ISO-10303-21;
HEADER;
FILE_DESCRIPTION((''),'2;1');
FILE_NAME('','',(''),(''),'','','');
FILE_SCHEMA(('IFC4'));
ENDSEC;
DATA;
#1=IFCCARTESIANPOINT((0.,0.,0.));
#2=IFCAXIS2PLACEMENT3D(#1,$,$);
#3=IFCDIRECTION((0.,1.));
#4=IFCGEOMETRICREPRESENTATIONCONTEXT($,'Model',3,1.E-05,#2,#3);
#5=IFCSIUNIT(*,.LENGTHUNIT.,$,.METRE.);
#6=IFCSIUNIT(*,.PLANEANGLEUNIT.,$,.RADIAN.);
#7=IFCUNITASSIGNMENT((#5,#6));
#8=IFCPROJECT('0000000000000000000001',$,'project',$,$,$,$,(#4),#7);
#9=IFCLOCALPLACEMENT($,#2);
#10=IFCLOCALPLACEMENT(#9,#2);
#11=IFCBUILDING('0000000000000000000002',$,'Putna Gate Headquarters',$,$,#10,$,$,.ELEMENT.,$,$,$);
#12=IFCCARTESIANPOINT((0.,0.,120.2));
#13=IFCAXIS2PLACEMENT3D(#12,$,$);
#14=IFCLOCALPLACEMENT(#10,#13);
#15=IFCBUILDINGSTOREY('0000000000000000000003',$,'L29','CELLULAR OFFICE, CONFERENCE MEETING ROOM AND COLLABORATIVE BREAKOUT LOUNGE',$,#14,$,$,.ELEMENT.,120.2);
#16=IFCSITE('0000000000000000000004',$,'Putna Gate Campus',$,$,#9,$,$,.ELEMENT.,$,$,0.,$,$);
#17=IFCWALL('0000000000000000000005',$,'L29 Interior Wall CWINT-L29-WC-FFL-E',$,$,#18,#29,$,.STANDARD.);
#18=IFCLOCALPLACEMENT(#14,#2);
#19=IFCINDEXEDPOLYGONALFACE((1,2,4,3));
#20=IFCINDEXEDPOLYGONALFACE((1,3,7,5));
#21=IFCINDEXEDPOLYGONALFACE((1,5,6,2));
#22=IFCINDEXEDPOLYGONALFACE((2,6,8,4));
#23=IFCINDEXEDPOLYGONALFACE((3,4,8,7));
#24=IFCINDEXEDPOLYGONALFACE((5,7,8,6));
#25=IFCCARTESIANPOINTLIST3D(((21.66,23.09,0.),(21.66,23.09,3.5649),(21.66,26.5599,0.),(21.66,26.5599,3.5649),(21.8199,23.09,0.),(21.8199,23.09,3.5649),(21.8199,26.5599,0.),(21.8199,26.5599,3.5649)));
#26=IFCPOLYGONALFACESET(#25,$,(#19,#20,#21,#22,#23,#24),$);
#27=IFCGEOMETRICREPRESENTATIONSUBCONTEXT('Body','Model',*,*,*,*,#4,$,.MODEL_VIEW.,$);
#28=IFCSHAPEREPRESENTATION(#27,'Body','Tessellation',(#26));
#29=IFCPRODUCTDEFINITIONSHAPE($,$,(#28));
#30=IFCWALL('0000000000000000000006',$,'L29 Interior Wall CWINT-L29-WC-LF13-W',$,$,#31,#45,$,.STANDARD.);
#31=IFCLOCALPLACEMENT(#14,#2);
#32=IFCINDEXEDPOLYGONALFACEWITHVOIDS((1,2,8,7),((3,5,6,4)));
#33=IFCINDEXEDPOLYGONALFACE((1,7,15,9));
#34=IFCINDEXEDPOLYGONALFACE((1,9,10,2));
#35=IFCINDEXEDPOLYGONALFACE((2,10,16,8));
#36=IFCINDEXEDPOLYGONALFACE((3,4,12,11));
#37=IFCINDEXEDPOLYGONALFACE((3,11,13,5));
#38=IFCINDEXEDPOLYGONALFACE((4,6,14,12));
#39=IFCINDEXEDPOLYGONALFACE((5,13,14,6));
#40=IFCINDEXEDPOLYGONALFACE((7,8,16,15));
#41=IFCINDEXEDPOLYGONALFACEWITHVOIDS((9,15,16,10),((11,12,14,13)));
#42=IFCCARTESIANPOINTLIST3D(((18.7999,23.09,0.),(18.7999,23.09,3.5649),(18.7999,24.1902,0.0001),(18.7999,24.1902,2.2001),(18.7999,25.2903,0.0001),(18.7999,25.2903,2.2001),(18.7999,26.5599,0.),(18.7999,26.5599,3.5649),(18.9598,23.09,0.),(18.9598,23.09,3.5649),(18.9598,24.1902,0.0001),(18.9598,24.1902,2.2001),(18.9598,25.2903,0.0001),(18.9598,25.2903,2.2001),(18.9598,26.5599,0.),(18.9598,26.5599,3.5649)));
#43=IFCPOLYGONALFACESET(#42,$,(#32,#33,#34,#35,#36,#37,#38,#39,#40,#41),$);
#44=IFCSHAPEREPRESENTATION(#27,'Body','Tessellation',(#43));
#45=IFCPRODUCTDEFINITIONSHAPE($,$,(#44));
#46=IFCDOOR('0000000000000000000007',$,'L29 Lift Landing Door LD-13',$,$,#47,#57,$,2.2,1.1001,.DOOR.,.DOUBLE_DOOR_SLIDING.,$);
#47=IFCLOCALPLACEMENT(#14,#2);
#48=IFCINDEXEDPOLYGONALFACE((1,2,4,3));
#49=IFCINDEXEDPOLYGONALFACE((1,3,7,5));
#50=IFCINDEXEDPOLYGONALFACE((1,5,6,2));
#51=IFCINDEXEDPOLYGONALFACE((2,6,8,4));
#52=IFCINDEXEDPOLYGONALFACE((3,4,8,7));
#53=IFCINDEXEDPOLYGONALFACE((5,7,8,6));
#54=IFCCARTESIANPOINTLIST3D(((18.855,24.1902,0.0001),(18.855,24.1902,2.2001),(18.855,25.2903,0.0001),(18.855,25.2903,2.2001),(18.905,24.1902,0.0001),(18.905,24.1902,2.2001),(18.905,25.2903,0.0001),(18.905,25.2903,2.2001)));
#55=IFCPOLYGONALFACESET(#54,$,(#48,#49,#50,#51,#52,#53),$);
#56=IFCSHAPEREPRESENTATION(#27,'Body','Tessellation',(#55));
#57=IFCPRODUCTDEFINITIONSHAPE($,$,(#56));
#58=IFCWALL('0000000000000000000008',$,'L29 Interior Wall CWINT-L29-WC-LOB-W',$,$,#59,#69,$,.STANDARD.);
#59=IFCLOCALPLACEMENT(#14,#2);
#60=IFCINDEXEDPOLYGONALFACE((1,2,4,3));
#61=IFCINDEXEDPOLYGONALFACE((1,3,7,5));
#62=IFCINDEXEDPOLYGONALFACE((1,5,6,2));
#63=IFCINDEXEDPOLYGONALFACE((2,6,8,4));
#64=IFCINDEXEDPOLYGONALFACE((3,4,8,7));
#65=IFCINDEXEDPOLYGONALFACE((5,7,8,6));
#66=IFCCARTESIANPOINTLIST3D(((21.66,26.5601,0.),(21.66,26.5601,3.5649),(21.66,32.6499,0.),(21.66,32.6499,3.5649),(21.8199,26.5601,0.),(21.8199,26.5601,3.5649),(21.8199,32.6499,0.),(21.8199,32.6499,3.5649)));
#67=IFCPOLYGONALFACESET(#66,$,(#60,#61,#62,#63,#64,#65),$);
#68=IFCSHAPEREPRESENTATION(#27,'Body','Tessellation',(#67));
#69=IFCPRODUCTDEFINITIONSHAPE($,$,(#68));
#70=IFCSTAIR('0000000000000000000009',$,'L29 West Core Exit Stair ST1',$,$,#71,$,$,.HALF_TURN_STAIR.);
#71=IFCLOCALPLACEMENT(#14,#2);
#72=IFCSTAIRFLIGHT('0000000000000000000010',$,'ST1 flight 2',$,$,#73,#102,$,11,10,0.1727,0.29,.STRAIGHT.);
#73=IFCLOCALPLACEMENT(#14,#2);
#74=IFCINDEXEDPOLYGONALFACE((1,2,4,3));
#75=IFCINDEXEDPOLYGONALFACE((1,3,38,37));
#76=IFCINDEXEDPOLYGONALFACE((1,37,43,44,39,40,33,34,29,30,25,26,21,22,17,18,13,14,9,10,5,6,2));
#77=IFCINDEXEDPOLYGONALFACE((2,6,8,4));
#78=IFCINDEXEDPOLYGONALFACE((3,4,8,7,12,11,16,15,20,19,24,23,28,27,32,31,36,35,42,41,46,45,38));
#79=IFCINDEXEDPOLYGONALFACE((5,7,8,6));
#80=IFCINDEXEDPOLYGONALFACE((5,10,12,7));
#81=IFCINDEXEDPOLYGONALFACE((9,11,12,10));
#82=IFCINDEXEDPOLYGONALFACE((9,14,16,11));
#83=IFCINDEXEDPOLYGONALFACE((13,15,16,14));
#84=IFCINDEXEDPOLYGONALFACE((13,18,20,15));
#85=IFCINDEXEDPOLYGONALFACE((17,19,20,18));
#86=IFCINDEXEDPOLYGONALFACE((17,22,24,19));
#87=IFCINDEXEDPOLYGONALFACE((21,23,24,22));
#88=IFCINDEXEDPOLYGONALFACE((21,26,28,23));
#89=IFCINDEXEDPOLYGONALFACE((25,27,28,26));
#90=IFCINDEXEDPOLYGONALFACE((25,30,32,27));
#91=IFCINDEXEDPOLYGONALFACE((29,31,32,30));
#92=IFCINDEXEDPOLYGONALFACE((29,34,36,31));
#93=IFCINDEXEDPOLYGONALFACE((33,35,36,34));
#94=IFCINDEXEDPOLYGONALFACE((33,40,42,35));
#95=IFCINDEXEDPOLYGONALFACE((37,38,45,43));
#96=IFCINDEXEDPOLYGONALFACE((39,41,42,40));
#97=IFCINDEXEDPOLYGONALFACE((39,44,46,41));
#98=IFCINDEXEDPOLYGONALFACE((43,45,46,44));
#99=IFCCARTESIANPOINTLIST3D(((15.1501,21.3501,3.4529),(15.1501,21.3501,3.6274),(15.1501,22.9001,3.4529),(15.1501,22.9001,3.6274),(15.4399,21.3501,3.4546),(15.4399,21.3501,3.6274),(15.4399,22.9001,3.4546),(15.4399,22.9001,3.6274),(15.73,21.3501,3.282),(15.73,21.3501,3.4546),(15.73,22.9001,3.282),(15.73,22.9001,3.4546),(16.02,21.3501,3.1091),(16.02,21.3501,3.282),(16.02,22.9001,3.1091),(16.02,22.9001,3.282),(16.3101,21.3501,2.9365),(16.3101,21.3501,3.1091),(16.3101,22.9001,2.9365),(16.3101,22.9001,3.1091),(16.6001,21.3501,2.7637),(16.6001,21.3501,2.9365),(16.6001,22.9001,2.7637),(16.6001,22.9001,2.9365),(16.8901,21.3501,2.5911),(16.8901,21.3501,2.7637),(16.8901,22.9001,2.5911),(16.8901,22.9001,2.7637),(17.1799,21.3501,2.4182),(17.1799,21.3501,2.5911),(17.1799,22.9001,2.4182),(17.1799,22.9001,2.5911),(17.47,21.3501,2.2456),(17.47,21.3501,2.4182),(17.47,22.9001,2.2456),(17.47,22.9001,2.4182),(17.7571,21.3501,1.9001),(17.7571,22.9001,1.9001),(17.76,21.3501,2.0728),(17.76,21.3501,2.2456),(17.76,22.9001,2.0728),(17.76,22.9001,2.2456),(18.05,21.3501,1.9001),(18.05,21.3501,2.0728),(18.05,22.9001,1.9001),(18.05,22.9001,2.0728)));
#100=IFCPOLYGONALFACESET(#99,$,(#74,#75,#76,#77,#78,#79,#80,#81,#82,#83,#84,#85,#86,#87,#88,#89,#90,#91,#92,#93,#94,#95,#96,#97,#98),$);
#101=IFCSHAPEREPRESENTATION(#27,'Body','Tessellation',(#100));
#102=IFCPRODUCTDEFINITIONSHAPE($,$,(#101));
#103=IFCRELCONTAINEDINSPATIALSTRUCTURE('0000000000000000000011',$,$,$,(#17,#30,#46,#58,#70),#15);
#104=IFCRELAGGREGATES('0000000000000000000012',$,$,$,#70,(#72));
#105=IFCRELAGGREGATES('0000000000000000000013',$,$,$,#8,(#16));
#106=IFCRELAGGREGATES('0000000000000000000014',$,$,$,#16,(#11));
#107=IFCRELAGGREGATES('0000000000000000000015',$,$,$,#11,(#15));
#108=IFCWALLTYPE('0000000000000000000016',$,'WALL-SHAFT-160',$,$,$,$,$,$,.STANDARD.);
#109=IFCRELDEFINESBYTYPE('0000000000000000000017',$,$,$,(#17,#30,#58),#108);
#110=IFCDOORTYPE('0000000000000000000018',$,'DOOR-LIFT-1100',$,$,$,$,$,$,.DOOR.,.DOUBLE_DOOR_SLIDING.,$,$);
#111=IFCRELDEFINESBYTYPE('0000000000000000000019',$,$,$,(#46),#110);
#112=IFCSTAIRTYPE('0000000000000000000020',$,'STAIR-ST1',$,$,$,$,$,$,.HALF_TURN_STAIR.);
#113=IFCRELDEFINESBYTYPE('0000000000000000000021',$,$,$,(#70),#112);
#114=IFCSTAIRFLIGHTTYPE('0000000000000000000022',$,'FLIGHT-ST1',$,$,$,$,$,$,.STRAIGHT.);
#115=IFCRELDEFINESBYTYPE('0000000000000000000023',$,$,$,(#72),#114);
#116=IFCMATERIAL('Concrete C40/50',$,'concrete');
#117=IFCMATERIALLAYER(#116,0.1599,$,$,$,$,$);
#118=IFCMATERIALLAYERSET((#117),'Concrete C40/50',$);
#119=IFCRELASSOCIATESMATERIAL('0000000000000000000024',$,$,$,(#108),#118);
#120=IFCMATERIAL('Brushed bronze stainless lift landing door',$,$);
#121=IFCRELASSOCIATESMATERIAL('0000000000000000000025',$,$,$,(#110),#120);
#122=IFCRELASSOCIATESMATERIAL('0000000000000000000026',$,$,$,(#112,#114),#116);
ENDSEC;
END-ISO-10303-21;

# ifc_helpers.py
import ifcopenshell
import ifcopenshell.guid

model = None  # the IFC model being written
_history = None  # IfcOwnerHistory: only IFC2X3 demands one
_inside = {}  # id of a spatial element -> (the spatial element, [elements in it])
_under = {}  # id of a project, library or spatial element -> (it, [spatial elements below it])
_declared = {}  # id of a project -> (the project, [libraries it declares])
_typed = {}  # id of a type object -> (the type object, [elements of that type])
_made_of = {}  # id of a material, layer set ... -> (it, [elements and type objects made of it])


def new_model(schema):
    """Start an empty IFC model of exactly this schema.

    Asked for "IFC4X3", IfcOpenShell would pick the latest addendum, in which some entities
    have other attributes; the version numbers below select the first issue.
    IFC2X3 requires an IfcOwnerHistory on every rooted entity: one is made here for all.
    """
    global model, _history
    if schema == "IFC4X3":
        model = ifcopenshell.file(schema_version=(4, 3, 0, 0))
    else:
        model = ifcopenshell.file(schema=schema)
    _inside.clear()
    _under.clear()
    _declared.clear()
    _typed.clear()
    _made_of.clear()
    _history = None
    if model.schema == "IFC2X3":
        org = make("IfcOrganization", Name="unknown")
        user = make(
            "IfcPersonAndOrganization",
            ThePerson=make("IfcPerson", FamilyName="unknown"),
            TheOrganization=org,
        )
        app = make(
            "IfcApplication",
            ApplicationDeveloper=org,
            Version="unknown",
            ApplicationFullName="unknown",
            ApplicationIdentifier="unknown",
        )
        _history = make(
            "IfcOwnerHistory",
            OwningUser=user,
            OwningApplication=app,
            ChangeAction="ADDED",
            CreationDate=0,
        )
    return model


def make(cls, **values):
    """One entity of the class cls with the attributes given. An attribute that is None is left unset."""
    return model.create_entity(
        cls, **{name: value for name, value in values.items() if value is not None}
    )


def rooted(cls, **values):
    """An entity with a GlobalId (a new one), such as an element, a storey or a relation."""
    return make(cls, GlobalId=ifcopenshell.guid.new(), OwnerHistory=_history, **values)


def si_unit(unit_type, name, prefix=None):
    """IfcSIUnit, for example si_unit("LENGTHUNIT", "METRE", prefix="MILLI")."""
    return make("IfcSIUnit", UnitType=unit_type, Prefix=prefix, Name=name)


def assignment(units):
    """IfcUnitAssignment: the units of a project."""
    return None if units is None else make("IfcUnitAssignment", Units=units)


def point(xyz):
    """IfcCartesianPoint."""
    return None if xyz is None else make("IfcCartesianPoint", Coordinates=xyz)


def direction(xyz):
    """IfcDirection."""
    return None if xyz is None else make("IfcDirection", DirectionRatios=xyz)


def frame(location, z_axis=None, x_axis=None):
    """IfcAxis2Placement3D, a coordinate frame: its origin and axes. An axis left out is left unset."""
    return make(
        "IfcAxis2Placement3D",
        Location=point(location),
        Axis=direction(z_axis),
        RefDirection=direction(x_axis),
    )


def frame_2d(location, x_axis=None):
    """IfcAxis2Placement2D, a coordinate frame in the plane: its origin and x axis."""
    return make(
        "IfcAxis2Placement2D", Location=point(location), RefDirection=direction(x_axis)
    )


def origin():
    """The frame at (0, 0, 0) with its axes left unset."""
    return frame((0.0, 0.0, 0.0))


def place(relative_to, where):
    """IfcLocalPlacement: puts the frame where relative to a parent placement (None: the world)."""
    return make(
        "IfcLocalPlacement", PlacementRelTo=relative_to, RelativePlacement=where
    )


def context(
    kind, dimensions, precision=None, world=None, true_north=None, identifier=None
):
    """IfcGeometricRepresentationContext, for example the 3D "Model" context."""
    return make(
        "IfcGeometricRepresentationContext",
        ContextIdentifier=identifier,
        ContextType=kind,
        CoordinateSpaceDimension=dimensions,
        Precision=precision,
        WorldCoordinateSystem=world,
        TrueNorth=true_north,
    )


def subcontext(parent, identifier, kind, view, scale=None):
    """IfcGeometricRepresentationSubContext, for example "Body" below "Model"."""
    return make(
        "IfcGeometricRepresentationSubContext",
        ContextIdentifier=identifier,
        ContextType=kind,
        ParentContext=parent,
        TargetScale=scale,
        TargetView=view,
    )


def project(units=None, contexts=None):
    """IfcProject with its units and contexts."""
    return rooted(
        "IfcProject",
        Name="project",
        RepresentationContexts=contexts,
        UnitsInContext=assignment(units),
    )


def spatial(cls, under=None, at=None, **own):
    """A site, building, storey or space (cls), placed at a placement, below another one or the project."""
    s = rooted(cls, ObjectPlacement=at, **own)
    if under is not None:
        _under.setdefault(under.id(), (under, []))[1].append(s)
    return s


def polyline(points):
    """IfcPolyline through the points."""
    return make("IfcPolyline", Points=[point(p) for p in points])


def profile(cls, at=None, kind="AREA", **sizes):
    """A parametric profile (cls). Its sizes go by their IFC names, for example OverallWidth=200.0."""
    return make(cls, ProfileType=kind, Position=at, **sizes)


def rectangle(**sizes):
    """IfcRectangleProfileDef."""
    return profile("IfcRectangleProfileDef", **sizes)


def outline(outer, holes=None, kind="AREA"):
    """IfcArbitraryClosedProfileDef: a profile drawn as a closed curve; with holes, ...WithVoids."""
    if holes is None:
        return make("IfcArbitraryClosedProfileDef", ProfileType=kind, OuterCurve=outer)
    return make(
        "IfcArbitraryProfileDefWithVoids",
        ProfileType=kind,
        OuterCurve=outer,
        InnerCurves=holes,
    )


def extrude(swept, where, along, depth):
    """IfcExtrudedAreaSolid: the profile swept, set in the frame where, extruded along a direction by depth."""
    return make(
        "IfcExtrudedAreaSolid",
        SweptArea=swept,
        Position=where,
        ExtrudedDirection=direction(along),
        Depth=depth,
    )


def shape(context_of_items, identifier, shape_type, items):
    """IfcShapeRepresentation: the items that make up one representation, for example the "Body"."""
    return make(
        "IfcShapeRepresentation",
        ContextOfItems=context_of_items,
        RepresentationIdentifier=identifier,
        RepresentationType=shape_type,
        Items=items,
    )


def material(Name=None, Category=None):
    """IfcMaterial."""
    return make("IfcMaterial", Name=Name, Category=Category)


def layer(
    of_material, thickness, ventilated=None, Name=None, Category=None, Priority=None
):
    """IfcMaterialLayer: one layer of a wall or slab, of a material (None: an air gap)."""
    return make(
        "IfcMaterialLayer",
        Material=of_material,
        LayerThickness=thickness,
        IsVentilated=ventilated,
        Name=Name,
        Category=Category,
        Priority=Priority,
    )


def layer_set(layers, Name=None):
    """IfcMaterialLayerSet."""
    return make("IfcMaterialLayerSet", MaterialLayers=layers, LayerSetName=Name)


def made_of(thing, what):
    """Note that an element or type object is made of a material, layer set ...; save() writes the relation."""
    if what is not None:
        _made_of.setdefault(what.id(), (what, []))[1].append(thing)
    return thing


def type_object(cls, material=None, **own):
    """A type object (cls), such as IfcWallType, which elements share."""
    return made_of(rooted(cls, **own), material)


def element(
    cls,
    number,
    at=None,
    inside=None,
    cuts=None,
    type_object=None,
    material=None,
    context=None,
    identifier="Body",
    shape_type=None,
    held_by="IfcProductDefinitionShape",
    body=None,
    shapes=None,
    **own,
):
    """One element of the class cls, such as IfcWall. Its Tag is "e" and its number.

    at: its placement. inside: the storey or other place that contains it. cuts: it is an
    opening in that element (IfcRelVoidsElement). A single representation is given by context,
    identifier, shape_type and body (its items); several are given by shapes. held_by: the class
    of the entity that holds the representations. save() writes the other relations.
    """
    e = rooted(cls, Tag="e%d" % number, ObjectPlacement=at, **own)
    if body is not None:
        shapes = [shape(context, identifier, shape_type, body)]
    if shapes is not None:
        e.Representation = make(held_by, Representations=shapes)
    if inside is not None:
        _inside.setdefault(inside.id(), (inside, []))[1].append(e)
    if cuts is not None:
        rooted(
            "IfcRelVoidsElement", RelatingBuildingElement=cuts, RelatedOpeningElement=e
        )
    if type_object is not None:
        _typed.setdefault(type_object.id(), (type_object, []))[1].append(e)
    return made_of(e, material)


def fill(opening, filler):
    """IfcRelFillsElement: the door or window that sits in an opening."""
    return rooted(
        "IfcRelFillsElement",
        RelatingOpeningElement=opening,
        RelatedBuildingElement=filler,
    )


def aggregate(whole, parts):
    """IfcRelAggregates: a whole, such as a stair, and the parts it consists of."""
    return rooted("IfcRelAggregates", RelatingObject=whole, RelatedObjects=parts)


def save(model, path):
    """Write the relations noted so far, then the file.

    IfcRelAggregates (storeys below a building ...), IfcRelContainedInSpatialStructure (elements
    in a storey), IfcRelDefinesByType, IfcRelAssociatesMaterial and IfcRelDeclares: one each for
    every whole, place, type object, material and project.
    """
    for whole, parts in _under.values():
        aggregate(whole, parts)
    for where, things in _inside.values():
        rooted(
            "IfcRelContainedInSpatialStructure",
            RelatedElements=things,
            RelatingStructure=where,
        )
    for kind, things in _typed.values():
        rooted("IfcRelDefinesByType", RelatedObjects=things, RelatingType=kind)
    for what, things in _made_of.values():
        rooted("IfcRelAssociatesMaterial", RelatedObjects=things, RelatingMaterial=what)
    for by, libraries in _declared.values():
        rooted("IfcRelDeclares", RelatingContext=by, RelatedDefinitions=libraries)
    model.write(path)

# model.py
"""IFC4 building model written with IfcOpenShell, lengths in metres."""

from ifc_helpers import new_model, si_unit, direction, frame, frame_2d, origin, place, context, subcontext, project, spatial, polyline, rectangle, outline, extrude, material, layer, layer_set, type_object, element, fill, aggregate, save


model = new_model("IFC4")

# Units and contexts
model_context = context("Model", 3, precision=1e-05, world=origin(), true_north=direction((0.0, 1.0)))
body_context = subcontext(model_context, "Body", "Model", "MODEL_VIEW")
ifc_project = project(units=[si_unit("LENGTHUNIT", "METRE"), si_unit("PLANEANGLEUNIT", "RADIAN")], contexts=[model_context])

# Site, building, storey
site_placement = place(None, origin())
site = spatial("IfcSite", under=ifc_project, at=site_placement, Name="Putna Gate Campus", CompositionType="ELEMENT", RefElevation=0.0)
building_placement = place(site_placement, origin())
building = spatial("IfcBuilding", under=site, at=building_placement, Name="Putna Gate Headquarters", CompositionType="ELEMENT")
storey_placement = place(building_placement, frame((0.0, 0.0, 120.2)))
storey = spatial("IfcBuildingStorey", under=building, at=storey_placement, Name="L29", Description="CELLULAR OFFICE, CONFERENCE MEETING ROOM AND COLLABORATIVE BREAKOUT LOUNGE", CompositionType="ELEMENT", Elevation=120.2)

# Wall
ifc_material_1 = material(Name="Concrete C40/50", Category="concrete")
ifc_layer_1 = layer(ifc_material_1, 0.1599)
ifc_layer_set_1 = layer_set([ifc_layer_1], Name="Concrete C40/50")
wall_type_1 = type_object("IfcWallType", Name="WALL-SHAFT-160", PredefinedType="STANDARD", material=ifc_layer_set_1)
wall_1_placement = place(storey_placement, frame((21.74, 23.0901, 0.0), z_axis=(0.0, 0.0, 1.0), x_axis=(0.0, 1.0, 0.0)))
element("IfcWall", 1, at=wall_1_placement, inside=storey, type_object=wall_type_1, Name="L29 Interior Wall CWINT-L29-WC-FFL-E", PredefinedType="STANDARD", context=body_context, shape_type="SweptSolid", body=[
    extrude(rectangle(XDim=3.47, YDim=0.1599, at=frame_2d((1.7349, 0.0))), origin(), (0.0, 0.0, 1.0), 3.5649),
])

# Wall, opening, door
wall_2_placement = place(storey_placement, frame((18.8799, 23.0901, 0.0), z_axis=(0.0, 0.0, 1.0), x_axis=(0.0, 1.0, 0.0)))
wall_2 = element("IfcWall", 2, at=wall_2_placement, inside=storey, type_object=wall_type_1, Name="L29 Interior Wall CWINT-L29-WC-LF13-W", PredefinedType="STANDARD", context=body_context, shape_type="SweptSolid", body=[
    extrude(rectangle(XDim=3.47, YDim=0.1599, at=frame_2d((1.7349, 0.0))), origin(), (0.0, 0.0, 1.0), 3.5649),
])
opening_1_placement = place(wall_2_placement, frame((1.1001, 0.0, 0.0)))
opening_1 = element("IfcOpeningElement", 3, at=opening_1_placement, cuts=wall_2, PredefinedType="OPENING", context=body_context, shape_type="SweptSolid", body=[
    extrude(rectangle(XDim=1.1001, YDim=2.2, at=frame_2d((0.55, 1.1001))), frame((0.0, 0.0898, 0.0), z_axis=(0.0, -1.0, 0.0), x_axis=(1.0, 0.0, 0.0)), (0.0, 0.0, 1.0), 0.1799),
])
ifc_material_2 = material(Name="Brushed bronze stainless lift landing door")
door_type_1 = type_object("IfcDoorType", Name="DOOR-LIFT-1100", OperationType="DOUBLE_DOOR_SLIDING", PredefinedType="DOOR", material=ifc_material_2)
door_1_placement = place(opening_1_placement, origin())
door_1 = element("IfcDoor", 4, at=door_1_placement, inside=storey, type_object=door_type_1, Name="L29 Lift Landing Door LD-13", OperationType="DOUBLE_DOOR_SLIDING", OverallHeight=2.2, OverallWidth=1.1001, PredefinedType="DOOR", context=body_context, shape_type="SweptSolid", body=[
    extrude(rectangle(XDim=1.1001, YDim=2.2, at=frame_2d((0.55, 1.1001))), frame((0.0, 0.0249, 0.0), z_axis=(0.0, -1.0, 0.0), x_axis=(1.0, 0.0, 0.0)), (0.0, 0.0, 1.0), 0.05),
])
fill(opening_1, door_1)

# Wall
wall_3_placement = place(storey_placement, frame((21.74, 26.5601, 0.0), z_axis=(0.0, 0.0, 1.0), x_axis=(0.0, 1.0, 0.0)))
element("IfcWall", 5, at=wall_3_placement, inside=storey, type_object=wall_type_1, Name="L29 Interior Wall CWINT-L29-WC-LOB-W", PredefinedType="STANDARD", context=body_context, shape_type="SweptSolid", body=[
    extrude(rectangle(XDim=6.0898, YDim=0.1599, at=frame_2d((3.0449, 0.0))), origin(), (0.0, 0.0, 1.0), 3.5649),
])

# Stair, stair flight
stair_type = type_object("IfcStairType", Name="STAIR-ST1", PredefinedType="HALF_TURN_STAIR", material=ifc_material_1)
stair_placement = place(storey_placement, origin())
stair = element("IfcStair", 6, at=stair_placement, inside=storey, type_object=stair_type, Name="L29 West Core Exit Stair ST1", PredefinedType="HALF_TURN_STAIR")
stair_flight_type = type_object("IfcStairFlightType", Name="FLIGHT-ST1", PredefinedType="STRAIGHT", material=ifc_material_1)
stair_flight_placement = place(storey_placement, frame((18.05, 22.125, 1.9001), z_axis=(0.0, 0.0, 1.0), x_axis=(-1.0, 0.0, 0.0)))
stair_flight = element("IfcStairFlight", 7, at=stair_flight_placement, type_object=stair_flight_type, Name="ST1 flight 2", NumberOfRisers=11, NumberOfTreads=10, PredefinedType="STRAIGHT", RiserHeight=0.1727, TreadLength=0.29, context=body_context, shape_type="SweptSolid", body=[
    extrude(outline(polyline([(0.0, 0.0), (0.0, 0.1726), (0.29, 0.1726), (0.29, 0.3455), (0.5801, 0.3455), (0.5801, 0.5181), (0.8701, 0.5181), (0.8701, 0.6909), (1.1599, 0.6909), (1.1599, 0.8635), (1.45, 0.8635), (1.45, 1.0364), (1.74, 1.0364), (1.74, 1.209), (2.03, 1.209), (2.03, 1.3818), (2.3201, 1.3818), (2.3201, 1.5544), (2.6101, 1.5544), (2.6101, 1.7273), (2.8999, 1.7273), (2.8999, 1.8999), (2.8999, 1.5527), (0.293, 0.0), (0.0, 0.0)])), frame((0.0, 0.7749, 0.0), z_axis=(0.0, -1.0, 0.0), x_axis=(1.0, 0.0, 0.0)), (0.0, 0.0, 1.0), 1.55),
])
aggregate(stair, [stair_flight])

save(model, "model.ifc")
